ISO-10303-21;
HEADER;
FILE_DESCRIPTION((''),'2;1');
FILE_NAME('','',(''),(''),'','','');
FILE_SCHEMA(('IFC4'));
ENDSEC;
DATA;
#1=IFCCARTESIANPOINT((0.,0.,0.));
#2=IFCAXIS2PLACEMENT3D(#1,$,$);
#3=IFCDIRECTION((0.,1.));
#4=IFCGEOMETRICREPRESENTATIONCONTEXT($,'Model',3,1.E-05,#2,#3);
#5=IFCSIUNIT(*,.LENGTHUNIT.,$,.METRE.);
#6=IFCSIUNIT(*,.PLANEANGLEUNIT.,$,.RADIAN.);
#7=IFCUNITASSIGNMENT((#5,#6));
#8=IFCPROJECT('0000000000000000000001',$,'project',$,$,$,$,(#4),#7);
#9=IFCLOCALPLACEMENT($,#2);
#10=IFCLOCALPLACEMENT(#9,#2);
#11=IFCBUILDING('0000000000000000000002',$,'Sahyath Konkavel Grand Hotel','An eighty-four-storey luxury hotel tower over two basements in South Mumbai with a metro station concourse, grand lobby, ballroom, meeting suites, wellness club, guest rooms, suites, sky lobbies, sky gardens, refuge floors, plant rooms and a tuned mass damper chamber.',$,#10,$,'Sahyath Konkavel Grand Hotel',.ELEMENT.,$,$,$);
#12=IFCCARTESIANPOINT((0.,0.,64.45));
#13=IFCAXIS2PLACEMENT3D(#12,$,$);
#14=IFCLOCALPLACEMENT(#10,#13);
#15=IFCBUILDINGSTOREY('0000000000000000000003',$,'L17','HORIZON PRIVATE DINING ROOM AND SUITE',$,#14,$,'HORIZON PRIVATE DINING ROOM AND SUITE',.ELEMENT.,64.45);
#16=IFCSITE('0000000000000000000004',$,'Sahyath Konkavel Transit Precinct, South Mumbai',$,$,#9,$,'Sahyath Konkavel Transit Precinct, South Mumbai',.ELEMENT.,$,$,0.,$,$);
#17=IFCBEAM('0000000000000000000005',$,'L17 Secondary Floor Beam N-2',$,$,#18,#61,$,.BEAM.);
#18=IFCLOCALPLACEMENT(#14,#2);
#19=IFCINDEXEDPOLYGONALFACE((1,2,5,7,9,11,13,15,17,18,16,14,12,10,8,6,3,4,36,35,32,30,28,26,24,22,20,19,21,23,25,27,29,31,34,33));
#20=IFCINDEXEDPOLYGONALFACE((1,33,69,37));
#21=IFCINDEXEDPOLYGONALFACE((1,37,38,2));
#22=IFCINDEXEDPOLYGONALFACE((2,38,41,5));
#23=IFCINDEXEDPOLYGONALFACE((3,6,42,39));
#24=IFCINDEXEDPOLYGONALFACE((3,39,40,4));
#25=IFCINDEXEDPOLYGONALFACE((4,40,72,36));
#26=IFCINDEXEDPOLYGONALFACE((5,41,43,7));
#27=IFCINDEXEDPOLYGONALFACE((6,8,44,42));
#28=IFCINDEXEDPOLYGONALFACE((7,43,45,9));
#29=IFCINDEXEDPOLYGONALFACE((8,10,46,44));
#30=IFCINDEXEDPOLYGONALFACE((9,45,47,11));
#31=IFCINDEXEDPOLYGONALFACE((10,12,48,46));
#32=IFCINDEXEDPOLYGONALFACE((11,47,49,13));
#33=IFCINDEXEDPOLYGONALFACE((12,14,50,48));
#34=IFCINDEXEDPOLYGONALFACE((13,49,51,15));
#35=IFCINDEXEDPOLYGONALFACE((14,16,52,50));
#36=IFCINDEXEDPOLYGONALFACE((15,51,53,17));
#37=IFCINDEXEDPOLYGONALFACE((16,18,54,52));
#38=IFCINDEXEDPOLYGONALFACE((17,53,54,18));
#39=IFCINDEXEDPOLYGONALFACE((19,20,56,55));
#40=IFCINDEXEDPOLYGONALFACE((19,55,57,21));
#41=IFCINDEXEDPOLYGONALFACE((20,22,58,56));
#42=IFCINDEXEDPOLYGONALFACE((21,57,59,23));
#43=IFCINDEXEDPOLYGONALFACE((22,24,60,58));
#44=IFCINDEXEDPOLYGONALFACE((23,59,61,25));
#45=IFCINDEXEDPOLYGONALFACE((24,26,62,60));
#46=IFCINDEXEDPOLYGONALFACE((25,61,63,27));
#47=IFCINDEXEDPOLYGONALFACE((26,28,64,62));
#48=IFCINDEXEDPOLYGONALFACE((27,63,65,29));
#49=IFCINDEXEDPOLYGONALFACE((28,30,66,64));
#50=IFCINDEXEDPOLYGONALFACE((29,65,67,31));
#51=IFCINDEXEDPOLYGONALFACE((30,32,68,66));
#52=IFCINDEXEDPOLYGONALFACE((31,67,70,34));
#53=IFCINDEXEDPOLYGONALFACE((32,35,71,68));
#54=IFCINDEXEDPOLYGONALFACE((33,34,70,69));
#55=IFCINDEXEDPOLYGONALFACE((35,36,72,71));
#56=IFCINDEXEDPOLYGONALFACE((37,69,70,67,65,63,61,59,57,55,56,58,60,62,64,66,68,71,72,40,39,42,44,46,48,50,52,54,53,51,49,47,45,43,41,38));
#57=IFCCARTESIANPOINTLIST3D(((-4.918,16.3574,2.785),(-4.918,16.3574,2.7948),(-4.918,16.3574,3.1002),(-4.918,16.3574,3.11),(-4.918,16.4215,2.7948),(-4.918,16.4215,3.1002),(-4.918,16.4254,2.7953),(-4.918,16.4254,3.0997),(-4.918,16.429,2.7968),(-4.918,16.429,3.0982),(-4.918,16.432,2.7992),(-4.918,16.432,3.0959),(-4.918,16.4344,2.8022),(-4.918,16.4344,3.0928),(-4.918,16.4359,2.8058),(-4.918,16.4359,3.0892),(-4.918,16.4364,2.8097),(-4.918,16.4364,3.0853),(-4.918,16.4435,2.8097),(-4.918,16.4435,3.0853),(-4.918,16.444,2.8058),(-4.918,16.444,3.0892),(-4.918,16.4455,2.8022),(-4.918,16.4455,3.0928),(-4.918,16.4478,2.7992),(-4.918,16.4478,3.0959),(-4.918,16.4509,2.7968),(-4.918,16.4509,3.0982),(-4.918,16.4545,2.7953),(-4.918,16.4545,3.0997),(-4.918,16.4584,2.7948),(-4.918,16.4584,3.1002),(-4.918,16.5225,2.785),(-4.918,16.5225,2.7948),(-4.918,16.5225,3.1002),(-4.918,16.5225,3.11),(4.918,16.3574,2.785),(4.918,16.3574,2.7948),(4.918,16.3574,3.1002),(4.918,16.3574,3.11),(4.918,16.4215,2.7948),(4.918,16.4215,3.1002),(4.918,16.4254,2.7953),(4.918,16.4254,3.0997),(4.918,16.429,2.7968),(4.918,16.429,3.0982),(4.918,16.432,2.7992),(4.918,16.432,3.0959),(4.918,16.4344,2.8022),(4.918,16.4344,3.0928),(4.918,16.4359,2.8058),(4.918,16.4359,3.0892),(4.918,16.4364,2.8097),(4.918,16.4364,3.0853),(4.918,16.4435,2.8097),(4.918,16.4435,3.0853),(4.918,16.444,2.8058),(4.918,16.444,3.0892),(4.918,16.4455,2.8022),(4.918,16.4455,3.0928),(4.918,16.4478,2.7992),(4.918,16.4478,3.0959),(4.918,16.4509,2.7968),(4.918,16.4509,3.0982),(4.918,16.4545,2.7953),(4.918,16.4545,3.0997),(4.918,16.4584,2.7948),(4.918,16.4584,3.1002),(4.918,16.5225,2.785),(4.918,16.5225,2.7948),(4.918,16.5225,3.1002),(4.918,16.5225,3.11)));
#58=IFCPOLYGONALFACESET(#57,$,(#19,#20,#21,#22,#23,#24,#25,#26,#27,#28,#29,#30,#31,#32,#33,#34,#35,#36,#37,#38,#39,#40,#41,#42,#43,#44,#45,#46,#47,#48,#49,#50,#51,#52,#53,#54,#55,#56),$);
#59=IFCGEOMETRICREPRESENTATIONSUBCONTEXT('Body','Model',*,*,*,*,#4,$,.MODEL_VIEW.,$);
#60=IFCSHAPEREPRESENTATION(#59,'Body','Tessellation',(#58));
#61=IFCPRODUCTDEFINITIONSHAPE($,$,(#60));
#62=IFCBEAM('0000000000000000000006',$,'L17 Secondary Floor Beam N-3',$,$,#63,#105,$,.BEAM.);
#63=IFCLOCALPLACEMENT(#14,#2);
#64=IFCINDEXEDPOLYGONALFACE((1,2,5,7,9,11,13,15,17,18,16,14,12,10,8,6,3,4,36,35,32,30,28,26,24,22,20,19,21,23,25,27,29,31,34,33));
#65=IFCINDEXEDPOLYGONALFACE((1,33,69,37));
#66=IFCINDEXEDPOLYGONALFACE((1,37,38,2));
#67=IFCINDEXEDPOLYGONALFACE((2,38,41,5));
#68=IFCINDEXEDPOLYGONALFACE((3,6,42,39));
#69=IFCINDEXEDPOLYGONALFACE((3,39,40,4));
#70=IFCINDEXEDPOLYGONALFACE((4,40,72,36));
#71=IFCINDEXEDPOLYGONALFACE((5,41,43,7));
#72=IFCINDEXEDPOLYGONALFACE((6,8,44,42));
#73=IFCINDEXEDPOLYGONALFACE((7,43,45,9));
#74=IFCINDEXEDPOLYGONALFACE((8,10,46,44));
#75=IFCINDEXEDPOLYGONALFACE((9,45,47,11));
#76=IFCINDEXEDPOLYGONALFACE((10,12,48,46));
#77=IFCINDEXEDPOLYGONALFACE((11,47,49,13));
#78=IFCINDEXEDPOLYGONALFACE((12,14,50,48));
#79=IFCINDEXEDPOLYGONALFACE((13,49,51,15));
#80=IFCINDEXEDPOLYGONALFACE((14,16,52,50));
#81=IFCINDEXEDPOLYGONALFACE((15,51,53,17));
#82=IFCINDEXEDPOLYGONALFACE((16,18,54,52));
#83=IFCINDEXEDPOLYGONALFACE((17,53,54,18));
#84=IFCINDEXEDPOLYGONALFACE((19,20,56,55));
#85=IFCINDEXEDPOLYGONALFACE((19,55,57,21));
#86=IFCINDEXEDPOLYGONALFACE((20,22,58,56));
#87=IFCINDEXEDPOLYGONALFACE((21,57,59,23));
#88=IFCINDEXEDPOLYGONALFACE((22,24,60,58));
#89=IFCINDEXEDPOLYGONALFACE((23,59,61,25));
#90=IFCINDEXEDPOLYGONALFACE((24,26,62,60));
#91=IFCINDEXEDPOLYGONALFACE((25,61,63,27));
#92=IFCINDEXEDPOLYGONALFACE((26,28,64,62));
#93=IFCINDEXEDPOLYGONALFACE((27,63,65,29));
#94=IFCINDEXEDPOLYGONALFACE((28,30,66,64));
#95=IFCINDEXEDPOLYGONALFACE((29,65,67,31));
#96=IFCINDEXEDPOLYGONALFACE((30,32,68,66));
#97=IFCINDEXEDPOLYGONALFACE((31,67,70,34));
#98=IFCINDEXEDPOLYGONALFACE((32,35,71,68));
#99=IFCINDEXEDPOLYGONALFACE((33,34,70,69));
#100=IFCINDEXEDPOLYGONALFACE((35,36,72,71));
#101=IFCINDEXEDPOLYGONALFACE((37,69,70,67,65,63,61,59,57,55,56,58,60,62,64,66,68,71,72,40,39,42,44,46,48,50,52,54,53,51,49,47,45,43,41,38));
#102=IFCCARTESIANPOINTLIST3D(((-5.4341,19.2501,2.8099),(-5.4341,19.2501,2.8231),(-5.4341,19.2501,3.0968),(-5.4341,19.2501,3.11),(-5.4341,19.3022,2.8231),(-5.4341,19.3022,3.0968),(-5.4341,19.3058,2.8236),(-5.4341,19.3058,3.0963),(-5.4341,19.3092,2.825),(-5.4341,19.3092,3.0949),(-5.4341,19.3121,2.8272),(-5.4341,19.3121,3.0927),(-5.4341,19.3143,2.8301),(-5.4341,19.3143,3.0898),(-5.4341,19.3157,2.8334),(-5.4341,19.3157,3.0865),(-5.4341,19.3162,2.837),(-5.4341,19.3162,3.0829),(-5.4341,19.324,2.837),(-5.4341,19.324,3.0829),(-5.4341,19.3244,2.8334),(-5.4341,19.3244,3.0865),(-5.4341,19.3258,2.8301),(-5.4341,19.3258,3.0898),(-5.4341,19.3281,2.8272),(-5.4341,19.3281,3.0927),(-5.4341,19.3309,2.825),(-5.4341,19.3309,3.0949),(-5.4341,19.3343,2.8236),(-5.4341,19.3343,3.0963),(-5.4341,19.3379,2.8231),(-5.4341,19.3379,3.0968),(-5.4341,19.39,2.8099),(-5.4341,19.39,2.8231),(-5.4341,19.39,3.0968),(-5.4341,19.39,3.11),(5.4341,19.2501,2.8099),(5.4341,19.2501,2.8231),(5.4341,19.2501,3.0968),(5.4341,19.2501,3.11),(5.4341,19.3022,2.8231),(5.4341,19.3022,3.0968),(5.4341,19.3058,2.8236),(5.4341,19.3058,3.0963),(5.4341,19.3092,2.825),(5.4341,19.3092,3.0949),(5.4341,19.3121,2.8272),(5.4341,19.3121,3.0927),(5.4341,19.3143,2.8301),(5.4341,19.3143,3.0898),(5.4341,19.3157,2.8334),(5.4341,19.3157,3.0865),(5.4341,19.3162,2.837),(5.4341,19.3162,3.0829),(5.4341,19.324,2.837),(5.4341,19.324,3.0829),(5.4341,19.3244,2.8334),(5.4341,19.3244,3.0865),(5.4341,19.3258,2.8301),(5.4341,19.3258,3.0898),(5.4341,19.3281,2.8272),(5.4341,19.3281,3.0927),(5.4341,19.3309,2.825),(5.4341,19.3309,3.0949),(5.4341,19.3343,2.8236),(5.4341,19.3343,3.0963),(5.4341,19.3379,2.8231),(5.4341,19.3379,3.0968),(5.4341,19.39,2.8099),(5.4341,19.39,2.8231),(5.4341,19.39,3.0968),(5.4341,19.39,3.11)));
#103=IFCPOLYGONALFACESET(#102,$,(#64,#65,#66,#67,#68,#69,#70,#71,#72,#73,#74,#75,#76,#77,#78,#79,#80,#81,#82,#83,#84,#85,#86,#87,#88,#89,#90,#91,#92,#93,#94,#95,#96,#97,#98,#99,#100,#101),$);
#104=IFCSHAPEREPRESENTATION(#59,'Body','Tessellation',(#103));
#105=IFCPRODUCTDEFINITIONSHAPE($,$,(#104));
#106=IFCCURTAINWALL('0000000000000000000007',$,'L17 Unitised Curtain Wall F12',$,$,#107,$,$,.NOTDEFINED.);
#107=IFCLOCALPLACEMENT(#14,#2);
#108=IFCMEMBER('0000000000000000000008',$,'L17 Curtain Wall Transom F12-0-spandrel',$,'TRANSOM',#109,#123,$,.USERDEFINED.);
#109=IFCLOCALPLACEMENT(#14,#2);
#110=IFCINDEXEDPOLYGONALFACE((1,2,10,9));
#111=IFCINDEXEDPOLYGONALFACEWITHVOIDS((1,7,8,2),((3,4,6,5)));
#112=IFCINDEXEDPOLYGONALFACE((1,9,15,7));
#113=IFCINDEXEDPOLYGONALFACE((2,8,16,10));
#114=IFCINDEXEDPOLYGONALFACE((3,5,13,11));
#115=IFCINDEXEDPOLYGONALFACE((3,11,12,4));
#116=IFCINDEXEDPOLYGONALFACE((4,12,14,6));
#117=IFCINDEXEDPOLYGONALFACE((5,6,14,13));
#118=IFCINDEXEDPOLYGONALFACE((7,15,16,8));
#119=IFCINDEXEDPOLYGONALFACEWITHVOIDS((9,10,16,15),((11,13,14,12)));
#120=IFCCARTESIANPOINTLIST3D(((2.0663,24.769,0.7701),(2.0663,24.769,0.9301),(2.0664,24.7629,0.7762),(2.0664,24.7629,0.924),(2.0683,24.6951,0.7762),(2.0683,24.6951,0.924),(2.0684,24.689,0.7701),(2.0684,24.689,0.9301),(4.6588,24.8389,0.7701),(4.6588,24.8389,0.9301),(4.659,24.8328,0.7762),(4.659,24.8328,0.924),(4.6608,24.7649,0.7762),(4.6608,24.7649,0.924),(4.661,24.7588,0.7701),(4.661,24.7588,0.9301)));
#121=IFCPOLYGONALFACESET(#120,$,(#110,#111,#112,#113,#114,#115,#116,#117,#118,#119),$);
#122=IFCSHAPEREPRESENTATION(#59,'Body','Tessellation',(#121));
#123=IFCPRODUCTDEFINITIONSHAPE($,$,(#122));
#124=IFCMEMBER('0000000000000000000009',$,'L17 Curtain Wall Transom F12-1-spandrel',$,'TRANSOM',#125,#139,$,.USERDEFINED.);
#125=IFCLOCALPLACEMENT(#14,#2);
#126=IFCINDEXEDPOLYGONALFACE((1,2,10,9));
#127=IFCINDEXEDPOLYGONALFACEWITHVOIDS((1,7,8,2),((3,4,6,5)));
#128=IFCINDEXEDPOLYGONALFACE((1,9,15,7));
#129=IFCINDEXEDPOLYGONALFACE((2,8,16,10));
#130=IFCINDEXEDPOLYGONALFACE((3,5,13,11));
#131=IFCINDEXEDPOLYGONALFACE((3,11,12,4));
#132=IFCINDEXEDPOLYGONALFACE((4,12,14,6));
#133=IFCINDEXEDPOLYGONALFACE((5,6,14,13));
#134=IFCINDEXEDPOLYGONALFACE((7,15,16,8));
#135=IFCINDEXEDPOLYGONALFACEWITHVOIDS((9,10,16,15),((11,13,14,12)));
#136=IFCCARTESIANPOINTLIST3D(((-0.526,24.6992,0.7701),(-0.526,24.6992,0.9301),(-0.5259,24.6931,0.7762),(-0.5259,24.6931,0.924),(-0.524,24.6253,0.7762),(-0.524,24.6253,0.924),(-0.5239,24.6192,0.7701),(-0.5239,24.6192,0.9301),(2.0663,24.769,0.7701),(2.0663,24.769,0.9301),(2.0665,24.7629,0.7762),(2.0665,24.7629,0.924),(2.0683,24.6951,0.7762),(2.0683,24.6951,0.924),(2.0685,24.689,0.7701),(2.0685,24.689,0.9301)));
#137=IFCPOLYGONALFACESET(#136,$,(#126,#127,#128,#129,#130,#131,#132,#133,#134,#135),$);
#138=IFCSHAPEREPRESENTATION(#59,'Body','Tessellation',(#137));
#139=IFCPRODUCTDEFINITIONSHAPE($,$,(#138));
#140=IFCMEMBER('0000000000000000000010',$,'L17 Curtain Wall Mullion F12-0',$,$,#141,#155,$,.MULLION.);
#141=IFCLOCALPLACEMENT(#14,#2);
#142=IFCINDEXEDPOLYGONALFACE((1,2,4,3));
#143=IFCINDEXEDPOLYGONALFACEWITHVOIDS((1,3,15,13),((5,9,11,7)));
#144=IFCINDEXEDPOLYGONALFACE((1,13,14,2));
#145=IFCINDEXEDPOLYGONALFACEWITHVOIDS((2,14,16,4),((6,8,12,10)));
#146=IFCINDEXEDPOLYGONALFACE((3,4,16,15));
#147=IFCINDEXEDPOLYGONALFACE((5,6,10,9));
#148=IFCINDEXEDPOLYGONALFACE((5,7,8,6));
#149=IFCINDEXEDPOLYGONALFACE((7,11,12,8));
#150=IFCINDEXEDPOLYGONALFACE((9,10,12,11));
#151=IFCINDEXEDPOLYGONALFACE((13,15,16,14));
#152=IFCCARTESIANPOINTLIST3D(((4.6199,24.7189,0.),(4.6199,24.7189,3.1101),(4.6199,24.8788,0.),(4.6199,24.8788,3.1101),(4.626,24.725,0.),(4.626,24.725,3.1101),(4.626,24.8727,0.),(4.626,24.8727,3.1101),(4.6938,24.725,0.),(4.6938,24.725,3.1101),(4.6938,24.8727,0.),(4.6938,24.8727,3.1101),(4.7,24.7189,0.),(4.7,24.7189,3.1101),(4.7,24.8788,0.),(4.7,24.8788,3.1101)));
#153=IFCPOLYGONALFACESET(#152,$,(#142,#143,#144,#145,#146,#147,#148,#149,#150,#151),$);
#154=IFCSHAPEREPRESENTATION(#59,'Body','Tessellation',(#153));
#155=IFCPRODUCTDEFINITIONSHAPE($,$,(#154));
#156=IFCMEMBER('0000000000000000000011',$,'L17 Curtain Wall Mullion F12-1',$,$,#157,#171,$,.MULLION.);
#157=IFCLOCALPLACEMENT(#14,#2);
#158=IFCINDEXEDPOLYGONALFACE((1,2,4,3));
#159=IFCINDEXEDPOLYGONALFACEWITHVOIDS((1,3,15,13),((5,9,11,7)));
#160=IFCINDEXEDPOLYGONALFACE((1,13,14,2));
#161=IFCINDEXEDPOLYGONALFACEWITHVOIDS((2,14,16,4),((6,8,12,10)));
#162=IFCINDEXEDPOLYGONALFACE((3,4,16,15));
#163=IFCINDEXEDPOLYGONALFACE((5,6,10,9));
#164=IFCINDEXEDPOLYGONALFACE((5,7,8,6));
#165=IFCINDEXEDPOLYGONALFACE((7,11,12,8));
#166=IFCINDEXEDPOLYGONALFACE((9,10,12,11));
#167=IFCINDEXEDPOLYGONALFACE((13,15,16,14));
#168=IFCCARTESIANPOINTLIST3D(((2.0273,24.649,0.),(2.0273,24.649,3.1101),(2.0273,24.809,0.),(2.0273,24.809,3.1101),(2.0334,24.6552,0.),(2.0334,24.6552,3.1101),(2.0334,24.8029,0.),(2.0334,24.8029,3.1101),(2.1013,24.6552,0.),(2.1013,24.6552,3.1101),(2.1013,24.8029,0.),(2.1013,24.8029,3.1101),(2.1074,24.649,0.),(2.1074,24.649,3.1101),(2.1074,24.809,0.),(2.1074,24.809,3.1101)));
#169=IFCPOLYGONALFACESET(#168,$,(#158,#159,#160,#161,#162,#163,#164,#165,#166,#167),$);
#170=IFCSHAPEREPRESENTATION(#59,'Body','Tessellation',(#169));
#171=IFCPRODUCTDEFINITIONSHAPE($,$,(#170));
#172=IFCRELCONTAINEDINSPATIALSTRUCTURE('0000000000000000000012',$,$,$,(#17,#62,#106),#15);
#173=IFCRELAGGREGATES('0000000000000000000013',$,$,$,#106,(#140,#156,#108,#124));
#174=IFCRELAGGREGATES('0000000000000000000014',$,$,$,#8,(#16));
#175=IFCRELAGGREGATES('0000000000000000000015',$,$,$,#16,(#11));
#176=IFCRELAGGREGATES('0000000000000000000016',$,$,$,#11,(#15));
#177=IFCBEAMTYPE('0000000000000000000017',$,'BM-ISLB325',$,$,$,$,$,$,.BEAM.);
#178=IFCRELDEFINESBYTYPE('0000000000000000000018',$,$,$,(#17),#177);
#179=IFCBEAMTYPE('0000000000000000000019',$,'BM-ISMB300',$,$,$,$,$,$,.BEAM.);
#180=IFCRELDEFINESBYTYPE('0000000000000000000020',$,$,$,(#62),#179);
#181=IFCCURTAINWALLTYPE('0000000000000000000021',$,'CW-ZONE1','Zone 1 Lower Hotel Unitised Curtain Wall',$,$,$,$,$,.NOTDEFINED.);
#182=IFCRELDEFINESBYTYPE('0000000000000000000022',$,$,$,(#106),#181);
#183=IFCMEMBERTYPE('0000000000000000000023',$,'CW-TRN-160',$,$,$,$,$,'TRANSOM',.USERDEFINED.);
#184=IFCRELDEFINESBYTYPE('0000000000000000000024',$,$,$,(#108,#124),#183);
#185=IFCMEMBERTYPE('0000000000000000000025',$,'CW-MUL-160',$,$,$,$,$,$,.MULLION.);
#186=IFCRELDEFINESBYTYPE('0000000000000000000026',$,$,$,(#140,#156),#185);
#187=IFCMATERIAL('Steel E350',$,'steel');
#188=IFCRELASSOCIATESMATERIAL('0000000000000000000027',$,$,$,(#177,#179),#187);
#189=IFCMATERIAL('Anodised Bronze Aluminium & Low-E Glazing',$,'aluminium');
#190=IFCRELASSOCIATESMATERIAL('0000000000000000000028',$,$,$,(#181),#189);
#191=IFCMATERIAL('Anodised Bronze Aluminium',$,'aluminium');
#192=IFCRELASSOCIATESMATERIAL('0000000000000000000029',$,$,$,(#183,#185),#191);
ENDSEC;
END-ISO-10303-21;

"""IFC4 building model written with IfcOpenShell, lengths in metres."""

from ifc_helpers import new_model, si_unit, direction, frame, origin, origin_2d, place, context, subcontext, project, spatial, hollow_rectangle, i_section, extrude, source, transform, mapped, material, material_profile, profile_set, type_object, element, aggregate, save


model = new_model("IFC4")

# Units and contexts
model_context = context("Model", 3, precision=1e-05, world=origin(), true_north=direction((0.0, 1.0)))
body_context = subcontext(model_context, "Body", "Model", "MODEL_VIEW")
ifc_project = project(units=[si_unit("LENGTHUNIT", "METRE"), si_unit("PLANEANGLEUNIT", "RADIAN")], contexts=[model_context])

# Site, building, storey
site_placement = place(None, origin())
site = spatial("IfcSite", under=ifc_project, at=site_placement, Name="Sahyath Konkavel Transit Precinct, South Mumbai", LongName="Sahyath Konkavel Transit Precinct, South Mumbai", CompositionType="ELEMENT", RefElevation=0.0)
building_placement = place(site_placement, origin())
building = spatial("IfcBuilding", under=site, at=building_placement, Name="Sahyath Konkavel Grand Hotel", Description="An eighty-four-storey luxury hotel tower over two basements in South Mumbai with a metro station concourse, grand lobby, ballroom, meeting suites, wellness club, guest rooms, suites, sky lobbies, sky gardens, refuge floors, plant rooms and a tuned mass damper chamber.", LongName="Sahyath Konkavel Grand Hotel", CompositionType="ELEMENT")
storey_placement = place(building_placement, frame((0.0, 0.0, 64.45)))
storey = spatial("IfcBuildingStorey", under=building, at=storey_placement, Name="L17", Description="HORIZON PRIVATE DINING ROOM AND SUITE", LongName="HORIZON PRIVATE DINING ROOM AND SUITE", CompositionType="ELEMENT", Elevation=64.45)

# Beams
ifc_material_1 = material(Name="Steel E350", Category="steel")
ifc_material_profile_1 = material_profile(ifc_material_1, i_section(OverallWidth=0.165, OverallDepth=0.325, WebThickness=0.0071, FlangeThickness=0.0098, FilletRadius=0.0149, at=origin_2d()), Name="ISLB 325")
ifc_profile_set_1 = profile_set([ifc_material_profile_1], Name="Steel E350")
beam_type_1 = type_object("IfcBeamType", Name="BM-ISLB325", PredefinedType="BEAM", material=ifc_profile_set_1)
shared_shape_1 = source(origin(), body_context, "Body", "SweptSolid", [
    extrude(i_section(OverallWidth=0.165, OverallDepth=0.325, WebThickness=0.0071, FlangeThickness=0.0098, FilletRadius=0.0149, at=origin_2d()), origin(), (0.0, 0.0, 1.0), 9.8359),
])
beam_1_placement = place(storey_placement, frame((4.918, 16.4399, 2.9475), z_axis=(-1.0, 0.0, 0.0), x_axis=(0.0, -1.0, 0.0)))
element("IfcBeam", 1, at=beam_1_placement, inside=storey, type_object=beam_type_1, Name="L17 Secondary Floor Beam N-2", PredefinedType="BEAM", context=body_context, shape_type="MappedRepresentation", body=[
    mapped(shared_shape_1, transform((0.0, 0.0, 0.0), scale=1.0)),
])
ifc_material_profile_2 = material_profile(ifc_material_1, i_section(OverallWidth=0.1399, OverallDepth=0.3, WebThickness=0.0078, FlangeThickness=0.0132, FilletRadius=0.0139, at=origin_2d()), Name="ISMB 300")
ifc_profile_set_2 = profile_set([ifc_material_profile_2], Name="Steel E350")
beam_type_2 = type_object("IfcBeamType", Name="BM-ISMB300", PredefinedType="BEAM", material=ifc_profile_set_2)
shared_shape_2 = source(origin(), body_context, "Body", "SweptSolid", [
    extrude(i_section(OverallWidth=0.1399, OverallDepth=0.3, WebThickness=0.0078, FlangeThickness=0.0132, FilletRadius=0.0139, at=origin_2d()), origin(), (0.0, 0.0, 1.0), 10.8682),
])
beam_2_placement = place(storey_placement, frame((5.4341, 19.3201, 2.96), z_axis=(-1.0, 0.0, 0.0), x_axis=(0.0, -1.0, 0.0)))
element("IfcBeam", 2, at=beam_2_placement, inside=storey, type_object=beam_type_2, Name="L17 Secondary Floor Beam N-3", PredefinedType="BEAM", context=body_context, shape_type="MappedRepresentation", body=[
    mapped(shared_shape_2, transform((0.0, 0.0, 0.0), scale=1.0)),
])

# Curtain wall, members
ifc_material_2 = material(Name="Anodised Bronze Aluminium & Low-E Glazing", Category="aluminium")
curtain_wall_type = type_object("IfcCurtainWallType", Name="CW-ZONE1", Description="Zone 1 Lower Hotel Unitised Curtain Wall", PredefinedType="NOTDEFINED", material=ifc_material_2)
curtain_wall_placement = place(storey_placement, origin())
curtain_wall = element("IfcCurtainWall", 3, at=curtain_wall_placement, inside=storey, type_object=curtain_wall_type, Name="L17 Unitised Curtain Wall F12", PredefinedType="NOTDEFINED")
ifc_material_3 = material(Name="Anodised Bronze Aluminium", Category="aluminium")
ifc_material_profile_3 = material_profile(ifc_material_3, hollow_rectangle(XDim=0.0801, YDim=0.1599, WallThickness=0.0061, at=origin_2d()), Name="RHS 160x80x6")
ifc_profile_set_3 = profile_set([ifc_material_profile_3], Name="Anodised Bronze Aluminium")
member_type_1 = type_object("IfcMemberType", Name="CW-TRN-160", ElementType="TRANSOM", PredefinedType="USERDEFINED", material=ifc_profile_set_3)
shared_shape_3 = source(origin(), body_context, "Body", "SweptSolid", [
    extrude(hollow_rectangle(XDim=0.0801, YDim=0.1599, WallThickness=0.0061, at=origin_2d()), origin(), (0.0, 0.0, 1.0), 2.5935),
])
member_1_placement = place(storey_placement, frame((4.6599, 24.7988, 0.8501), z_axis=(-0.999638, -0.026923, 0.0), x_axis=(0.026923, -0.999638, 0.0)))
member_1 = element("IfcMember", 4, at=member_1_placement, type_object=member_type_1, Name="L17 Curtain Wall Transom F12-0-spandrel", ObjectType="TRANSOM", PredefinedType="USERDEFINED", context=body_context, shape_type="MappedRepresentation", body=[
    mapped(shared_shape_3, transform((0.0, 0.0, 0.0), scale=1.0)),
])
shared_shape_4 = source(origin(), body_context, "Body", "SweptSolid", [
    extrude(hollow_rectangle(XDim=0.0801, YDim=0.1599, WallThickness=0.0061, at=origin_2d()), origin(), (0.0, 0.0, 1.0), 2.5933),
])
member_2_placement = place(storey_placement, frame((2.0674, 24.729, 0.8501), z_axis=(-0.999637, -0.026926, 0.0), x_axis=(0.026926, -0.999637, 0.0)))
member_2 = element("IfcMember", 5, at=member_2_placement, type_object=member_type_1, Name="L17 Curtain Wall Transom F12-1-spandrel", ObjectType="TRANSOM", PredefinedType="USERDEFINED", context=body_context, shape_type="MappedRepresentation", body=[
    mapped(shared_shape_4, transform((0.0, 0.0, 0.0), scale=1.0)),
])
ifc_material_profile_4 = material_profile(ifc_material_3, hollow_rectangle(XDim=0.0801, YDim=0.1599, WallThickness=0.0061, at=origin_2d()), Name="RHS 160x80x6")
ifc_profile_set_4 = profile_set([ifc_material_profile_4], Name="Anodised Bronze Aluminium")
member_type_2 = type_object("IfcMemberType", Name="CW-MUL-160", PredefinedType="MULLION", material=ifc_profile_set_4)
shared_shape_5 = source(origin(), body_context, "Body", "SweptSolid", [
    extrude(hollow_rectangle(XDim=0.0801, YDim=0.1599, WallThickness=0.0061, at=origin_2d()), origin(), (0.0, 0.0, 1.0), 3.1101),
])
member_3_placement = place(storey_placement, frame((4.6599, 24.7988, 0.0), z_axis=(0.0, 0.0, 1.0), x_axis=(1.0, 0.0, 0.0)))
member_3 = element("IfcMember", 6, at=member_3_placement, type_object=member_type_2, Name="L17 Curtain Wall Mullion F12-0", PredefinedType="MULLION", context=body_context, shape_type="MappedRepresentation", body=[
    mapped(shared_shape_5, transform((0.0, 0.0, 0.0), scale=1.0)),
])
member_4_placement = place(storey_placement, frame((2.0674, 24.729, 0.0), z_axis=(0.0, 0.0, 1.0), x_axis=(1.0, 0.0, 0.0)))
member_4 = element("IfcMember", 7, at=member_4_placement, type_object=member_type_2, Name="L17 Curtain Wall Mullion F12-1", PredefinedType="MULLION", context=body_context, shape_type="MappedRepresentation", body=[
    mapped(shared_shape_5, transform((0.0, 0.0, 0.0), scale=1.0)),
])
aggregate(curtain_wall, [member_3, member_4, member_1, member_2])

save(model, "model.ifc")
